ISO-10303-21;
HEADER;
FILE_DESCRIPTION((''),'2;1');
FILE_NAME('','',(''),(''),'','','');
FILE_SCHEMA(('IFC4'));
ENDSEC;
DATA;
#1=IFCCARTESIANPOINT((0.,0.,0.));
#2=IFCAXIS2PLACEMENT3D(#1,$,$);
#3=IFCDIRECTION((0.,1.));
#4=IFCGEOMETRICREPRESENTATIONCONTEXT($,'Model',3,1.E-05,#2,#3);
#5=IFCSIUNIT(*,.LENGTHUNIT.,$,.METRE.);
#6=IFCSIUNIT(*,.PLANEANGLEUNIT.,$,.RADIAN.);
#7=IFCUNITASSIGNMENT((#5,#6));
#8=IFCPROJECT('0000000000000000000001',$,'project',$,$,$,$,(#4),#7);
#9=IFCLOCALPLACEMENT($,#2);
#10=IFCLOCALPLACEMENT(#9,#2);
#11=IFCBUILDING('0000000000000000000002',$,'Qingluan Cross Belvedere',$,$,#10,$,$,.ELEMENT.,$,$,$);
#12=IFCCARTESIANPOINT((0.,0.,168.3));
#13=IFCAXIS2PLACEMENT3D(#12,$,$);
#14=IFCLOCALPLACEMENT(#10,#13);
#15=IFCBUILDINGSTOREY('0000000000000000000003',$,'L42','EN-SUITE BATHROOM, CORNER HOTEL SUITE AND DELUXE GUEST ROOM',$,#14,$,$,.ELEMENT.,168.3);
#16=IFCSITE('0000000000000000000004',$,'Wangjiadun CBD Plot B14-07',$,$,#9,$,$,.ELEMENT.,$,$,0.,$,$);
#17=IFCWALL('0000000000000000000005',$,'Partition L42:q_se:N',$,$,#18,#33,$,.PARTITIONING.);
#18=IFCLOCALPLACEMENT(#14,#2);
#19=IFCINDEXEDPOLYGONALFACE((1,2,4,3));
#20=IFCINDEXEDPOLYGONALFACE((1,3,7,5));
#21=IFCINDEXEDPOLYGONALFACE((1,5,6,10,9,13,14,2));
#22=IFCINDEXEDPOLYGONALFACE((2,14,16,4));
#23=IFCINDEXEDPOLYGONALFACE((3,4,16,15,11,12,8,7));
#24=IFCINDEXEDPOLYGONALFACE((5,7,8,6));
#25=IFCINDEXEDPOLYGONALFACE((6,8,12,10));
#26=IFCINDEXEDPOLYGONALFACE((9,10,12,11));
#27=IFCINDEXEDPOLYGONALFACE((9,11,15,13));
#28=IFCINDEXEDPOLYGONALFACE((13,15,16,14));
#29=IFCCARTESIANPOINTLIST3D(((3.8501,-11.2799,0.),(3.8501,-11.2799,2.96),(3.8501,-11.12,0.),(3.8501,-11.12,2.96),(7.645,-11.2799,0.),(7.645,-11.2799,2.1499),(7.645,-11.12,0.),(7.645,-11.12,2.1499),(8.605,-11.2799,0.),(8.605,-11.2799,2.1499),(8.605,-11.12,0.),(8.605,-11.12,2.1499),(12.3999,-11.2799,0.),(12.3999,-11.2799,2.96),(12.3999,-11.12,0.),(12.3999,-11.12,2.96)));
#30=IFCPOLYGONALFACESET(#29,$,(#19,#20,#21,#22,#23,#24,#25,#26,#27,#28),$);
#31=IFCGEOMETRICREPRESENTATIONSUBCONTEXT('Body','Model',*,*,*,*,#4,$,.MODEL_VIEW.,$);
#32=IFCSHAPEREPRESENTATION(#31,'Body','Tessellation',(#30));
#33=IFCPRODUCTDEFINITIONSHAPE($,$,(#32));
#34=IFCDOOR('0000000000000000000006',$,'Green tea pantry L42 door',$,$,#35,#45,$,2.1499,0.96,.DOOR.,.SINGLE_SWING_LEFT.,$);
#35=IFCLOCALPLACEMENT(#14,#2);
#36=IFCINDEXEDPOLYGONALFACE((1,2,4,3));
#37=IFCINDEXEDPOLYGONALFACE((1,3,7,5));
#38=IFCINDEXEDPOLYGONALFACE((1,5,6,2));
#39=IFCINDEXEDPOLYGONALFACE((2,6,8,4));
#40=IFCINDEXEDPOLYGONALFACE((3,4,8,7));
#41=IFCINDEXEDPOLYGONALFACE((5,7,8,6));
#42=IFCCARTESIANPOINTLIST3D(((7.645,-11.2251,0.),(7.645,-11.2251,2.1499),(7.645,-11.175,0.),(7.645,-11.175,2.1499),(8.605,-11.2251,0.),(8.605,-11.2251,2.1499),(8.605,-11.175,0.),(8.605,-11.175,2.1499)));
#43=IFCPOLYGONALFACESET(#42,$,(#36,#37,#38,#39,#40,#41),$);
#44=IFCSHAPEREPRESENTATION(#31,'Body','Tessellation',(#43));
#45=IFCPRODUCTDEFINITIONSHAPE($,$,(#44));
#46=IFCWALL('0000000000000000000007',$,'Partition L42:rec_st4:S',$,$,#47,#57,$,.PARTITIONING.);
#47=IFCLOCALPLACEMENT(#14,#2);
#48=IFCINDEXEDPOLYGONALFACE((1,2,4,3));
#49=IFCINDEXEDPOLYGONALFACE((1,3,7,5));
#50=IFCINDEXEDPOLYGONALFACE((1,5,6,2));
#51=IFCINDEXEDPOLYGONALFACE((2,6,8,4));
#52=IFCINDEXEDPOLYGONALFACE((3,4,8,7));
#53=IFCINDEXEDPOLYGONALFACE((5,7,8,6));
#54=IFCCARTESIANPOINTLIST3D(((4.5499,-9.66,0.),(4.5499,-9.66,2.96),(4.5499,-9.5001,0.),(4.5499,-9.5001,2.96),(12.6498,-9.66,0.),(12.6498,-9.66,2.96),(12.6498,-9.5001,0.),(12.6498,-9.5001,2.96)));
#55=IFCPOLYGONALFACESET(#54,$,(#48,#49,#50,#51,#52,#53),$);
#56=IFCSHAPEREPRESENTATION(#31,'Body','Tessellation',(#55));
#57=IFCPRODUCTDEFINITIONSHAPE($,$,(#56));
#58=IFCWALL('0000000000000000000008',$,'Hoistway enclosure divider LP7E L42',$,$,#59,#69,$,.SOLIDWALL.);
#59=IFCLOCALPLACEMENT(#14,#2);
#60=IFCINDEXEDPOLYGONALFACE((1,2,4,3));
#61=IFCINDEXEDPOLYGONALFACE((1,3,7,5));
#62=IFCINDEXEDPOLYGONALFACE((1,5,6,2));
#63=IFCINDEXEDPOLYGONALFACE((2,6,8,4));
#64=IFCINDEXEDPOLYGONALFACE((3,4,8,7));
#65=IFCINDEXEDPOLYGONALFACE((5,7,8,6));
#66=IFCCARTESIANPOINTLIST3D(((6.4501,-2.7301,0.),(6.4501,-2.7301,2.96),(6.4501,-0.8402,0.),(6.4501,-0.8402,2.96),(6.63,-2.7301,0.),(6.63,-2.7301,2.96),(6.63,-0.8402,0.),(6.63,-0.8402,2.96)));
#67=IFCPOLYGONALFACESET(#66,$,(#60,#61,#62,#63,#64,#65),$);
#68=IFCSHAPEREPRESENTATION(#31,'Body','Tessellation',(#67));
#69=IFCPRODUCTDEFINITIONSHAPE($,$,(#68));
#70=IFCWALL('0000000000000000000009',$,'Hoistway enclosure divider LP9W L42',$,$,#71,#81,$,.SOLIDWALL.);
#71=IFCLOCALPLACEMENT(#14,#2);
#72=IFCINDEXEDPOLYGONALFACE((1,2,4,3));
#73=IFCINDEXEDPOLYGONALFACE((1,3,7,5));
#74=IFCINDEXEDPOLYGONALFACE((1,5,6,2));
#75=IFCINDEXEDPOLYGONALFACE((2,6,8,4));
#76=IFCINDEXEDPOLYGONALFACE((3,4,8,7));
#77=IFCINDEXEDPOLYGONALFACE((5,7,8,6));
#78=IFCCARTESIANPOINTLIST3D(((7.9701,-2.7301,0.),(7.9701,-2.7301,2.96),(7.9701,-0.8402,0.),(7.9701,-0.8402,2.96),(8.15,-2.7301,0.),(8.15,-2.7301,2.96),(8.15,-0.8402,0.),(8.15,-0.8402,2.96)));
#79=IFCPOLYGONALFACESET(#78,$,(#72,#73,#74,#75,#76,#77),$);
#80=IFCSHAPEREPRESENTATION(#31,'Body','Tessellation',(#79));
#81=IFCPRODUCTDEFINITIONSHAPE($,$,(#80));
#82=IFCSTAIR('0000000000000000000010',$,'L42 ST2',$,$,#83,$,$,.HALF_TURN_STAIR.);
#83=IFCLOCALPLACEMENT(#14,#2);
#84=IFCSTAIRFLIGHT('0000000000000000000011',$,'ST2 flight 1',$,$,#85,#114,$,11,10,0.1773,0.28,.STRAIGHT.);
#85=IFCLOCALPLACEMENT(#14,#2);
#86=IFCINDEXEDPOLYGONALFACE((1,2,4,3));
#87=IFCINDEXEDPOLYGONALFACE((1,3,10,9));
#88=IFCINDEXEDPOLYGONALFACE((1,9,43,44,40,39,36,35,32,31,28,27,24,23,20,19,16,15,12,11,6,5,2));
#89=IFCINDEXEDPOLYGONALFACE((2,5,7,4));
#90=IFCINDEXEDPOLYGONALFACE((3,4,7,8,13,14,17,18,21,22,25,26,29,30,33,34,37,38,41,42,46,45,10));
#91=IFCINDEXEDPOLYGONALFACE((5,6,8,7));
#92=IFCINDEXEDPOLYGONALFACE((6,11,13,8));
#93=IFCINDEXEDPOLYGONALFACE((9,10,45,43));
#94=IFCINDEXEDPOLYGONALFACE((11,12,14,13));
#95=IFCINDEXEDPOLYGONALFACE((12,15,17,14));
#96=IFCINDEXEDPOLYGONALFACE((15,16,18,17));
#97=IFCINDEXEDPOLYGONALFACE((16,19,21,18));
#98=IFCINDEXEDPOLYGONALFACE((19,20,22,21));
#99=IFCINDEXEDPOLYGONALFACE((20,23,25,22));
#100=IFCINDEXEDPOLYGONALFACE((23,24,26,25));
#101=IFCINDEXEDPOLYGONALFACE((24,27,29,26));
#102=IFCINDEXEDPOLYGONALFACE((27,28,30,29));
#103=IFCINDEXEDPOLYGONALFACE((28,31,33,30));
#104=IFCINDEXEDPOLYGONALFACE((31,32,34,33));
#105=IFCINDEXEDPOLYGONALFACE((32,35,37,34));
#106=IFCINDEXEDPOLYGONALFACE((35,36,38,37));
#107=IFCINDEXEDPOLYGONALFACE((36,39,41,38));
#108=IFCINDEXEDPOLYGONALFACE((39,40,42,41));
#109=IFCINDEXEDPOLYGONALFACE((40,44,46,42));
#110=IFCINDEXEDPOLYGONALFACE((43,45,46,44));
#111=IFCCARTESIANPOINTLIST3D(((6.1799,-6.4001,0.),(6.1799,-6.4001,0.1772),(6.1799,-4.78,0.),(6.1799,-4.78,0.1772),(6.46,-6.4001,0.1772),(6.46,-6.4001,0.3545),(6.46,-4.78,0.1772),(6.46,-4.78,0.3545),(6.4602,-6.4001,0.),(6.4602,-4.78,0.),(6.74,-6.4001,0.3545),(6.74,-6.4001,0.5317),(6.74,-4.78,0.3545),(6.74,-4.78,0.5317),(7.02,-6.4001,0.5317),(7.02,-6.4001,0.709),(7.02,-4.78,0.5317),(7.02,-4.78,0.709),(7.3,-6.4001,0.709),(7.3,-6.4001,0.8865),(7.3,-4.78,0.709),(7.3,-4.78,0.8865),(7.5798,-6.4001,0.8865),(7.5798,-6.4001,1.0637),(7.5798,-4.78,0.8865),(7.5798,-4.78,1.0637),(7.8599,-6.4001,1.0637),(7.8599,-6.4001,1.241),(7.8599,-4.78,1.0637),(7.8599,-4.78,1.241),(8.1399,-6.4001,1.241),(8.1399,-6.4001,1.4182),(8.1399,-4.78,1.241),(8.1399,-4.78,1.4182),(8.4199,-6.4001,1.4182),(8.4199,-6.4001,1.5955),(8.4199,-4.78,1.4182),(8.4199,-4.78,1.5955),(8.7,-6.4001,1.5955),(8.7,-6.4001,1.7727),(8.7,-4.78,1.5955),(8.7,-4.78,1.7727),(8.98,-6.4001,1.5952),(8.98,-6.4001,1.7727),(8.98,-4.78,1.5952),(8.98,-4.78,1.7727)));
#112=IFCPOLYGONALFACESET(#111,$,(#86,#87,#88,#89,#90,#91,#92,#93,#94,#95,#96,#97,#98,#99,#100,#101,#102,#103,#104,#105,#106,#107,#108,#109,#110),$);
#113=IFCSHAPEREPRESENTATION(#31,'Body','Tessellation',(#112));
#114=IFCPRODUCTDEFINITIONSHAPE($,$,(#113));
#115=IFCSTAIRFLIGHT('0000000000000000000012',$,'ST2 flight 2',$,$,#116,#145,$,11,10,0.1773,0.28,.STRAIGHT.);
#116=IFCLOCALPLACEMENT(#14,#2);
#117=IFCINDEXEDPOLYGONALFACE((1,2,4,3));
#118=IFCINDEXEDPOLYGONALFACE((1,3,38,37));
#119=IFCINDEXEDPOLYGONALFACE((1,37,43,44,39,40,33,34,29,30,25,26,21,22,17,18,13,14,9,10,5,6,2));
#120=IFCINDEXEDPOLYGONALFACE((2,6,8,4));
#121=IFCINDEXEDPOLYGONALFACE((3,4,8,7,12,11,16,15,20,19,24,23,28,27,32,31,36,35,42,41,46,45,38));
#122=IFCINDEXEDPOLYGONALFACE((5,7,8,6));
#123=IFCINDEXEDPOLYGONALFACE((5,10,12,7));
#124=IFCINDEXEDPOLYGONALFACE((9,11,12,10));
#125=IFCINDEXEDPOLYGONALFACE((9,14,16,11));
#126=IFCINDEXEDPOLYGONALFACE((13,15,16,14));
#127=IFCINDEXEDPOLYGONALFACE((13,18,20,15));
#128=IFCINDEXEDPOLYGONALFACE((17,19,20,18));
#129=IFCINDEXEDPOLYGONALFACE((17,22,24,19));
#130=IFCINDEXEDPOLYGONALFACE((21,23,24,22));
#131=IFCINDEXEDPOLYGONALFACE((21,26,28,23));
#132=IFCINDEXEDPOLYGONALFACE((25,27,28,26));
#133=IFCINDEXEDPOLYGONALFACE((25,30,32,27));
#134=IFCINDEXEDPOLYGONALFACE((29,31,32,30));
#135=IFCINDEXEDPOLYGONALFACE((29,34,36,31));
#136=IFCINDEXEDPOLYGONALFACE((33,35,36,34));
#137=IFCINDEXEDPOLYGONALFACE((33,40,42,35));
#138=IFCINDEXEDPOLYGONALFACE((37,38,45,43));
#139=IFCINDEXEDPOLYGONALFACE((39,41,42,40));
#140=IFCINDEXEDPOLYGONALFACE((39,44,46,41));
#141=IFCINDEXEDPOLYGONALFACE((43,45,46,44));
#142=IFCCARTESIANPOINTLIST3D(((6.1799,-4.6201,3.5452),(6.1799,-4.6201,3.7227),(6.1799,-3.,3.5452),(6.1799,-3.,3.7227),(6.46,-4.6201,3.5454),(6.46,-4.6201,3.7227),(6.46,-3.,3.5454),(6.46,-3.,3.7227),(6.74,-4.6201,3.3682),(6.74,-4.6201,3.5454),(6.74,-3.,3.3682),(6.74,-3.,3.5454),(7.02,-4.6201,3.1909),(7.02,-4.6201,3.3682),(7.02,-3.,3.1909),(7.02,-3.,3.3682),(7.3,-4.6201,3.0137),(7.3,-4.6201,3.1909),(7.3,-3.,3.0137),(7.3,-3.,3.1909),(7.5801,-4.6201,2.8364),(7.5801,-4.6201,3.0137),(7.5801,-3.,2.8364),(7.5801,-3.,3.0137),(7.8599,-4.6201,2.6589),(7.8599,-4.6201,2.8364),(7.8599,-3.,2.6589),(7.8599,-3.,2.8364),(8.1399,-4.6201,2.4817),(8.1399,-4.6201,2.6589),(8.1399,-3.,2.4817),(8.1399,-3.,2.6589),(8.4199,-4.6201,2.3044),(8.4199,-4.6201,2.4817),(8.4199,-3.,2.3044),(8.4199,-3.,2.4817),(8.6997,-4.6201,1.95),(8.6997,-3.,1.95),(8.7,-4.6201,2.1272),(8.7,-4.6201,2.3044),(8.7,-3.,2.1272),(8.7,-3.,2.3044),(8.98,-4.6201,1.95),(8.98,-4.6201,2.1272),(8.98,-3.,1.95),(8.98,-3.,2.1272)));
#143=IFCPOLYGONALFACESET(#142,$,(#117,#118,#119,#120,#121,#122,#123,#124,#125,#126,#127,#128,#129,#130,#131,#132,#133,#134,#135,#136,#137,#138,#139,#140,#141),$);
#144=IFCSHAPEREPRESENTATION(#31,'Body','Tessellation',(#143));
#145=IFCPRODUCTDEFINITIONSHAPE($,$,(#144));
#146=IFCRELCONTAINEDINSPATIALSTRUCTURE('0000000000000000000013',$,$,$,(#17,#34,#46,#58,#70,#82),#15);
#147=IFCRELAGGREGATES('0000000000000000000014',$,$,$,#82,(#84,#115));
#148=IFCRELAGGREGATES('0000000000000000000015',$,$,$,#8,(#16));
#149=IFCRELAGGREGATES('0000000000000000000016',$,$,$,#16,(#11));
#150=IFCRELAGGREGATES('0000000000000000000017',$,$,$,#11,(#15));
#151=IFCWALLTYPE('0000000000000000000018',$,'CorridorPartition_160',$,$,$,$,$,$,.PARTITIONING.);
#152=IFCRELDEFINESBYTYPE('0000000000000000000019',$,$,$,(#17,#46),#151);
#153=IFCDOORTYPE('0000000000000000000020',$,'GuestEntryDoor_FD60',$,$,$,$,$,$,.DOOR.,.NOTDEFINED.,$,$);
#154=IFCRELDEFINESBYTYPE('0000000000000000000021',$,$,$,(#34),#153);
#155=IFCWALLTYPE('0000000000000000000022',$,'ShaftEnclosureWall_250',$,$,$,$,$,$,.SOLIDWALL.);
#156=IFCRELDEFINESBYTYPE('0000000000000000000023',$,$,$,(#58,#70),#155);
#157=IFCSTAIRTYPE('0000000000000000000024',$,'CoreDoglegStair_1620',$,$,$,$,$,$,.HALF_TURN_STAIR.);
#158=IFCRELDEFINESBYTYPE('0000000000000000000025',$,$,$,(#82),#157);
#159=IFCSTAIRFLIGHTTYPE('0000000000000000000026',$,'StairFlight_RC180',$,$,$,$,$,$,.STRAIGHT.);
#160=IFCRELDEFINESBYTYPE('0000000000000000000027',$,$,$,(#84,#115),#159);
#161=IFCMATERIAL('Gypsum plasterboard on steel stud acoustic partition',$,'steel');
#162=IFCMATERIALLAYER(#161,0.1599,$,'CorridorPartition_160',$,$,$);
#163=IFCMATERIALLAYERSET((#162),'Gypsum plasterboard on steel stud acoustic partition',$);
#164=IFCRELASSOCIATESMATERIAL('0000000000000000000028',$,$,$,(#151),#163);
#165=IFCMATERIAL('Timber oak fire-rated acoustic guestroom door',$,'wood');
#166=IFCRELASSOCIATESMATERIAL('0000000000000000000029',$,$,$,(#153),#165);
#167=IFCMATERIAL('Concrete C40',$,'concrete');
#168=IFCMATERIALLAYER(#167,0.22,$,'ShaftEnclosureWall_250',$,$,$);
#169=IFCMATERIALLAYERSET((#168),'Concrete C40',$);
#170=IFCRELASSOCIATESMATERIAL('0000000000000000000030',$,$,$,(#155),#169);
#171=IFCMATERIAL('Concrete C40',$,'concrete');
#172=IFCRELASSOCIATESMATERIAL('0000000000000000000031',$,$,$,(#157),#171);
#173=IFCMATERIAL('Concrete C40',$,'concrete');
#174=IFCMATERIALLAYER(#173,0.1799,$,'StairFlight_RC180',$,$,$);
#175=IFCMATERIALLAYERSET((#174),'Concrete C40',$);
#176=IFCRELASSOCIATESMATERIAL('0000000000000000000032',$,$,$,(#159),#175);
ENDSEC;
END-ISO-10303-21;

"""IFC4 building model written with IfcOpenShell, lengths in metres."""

from ifc_helpers import new_model, si_unit, direction, frame, frame_2d, origin, place, context, subcontext, project, spatial, polyline, rectangle, outline, extrude, material, layer, layer_set, type_object, element, fill, aggregate, save


model = new_model("IFC4")

# Units and contexts
model_context = context("Model", 3, precision=1e-05, world=origin(), true_north=direction((0.0, 1.0)))
body_context = subcontext(model_context, "Body", "Model", "MODEL_VIEW")
ifc_project = project(units=[si_unit("LENGTHUNIT", "METRE"), si_unit("PLANEANGLEUNIT", "RADIAN")], contexts=[model_context])

# Site, building, storey
site_placement = place(None, origin())
site = spatial("IfcSite", under=ifc_project, at=site_placement, Name="Wangjiadun CBD Plot B14-07", CompositionType="ELEMENT", RefElevation=0.0)
building_placement = place(site_placement, origin())
building = spatial("IfcBuilding", under=site, at=building_placement, Name="Qingluan Cross Belvedere", CompositionType="ELEMENT")
storey_placement = place(building_placement, frame((0.0, 0.0, 168.3)))
storey = spatial("IfcBuildingStorey", under=building, at=storey_placement, Name="L42", Description="EN-SUITE BATHROOM, CORNER HOTEL SUITE AND DELUXE GUEST ROOM", CompositionType="ELEMENT", Elevation=168.3)

# Wall, opening, door
ifc_material_1 = material(Name="Gypsum plasterboard on steel stud acoustic partition", Category="steel")
ifc_layer_1 = layer(ifc_material_1, 0.1599, Name="CorridorPartition_160")
ifc_layer_set_1 = layer_set([ifc_layer_1], Name="Gypsum plasterboard on steel stud acoustic partition")
wall_type_1 = type_object("IfcWallType", Name="CorridorPartition_160", PredefinedType="PARTITIONING", material=ifc_layer_set_1)
wall_1_placement = place(storey_placement, frame((3.8501, -11.2, 0.0), z_axis=(0.0, 0.0, 1.0), x_axis=(1.0, 0.0, 0.0)))
wall_1 = element("IfcWall", 1, at=wall_1_placement, inside=storey, type_object=wall_type_1, Name="Partition L42:q_se:N", PredefinedType="PARTITIONING", context=body_context, shape_type="SweptSolid", body=[
    extrude(rectangle(XDim=8.5498, YDim=0.1599, at=frame_2d((4.2749, 0.0))), origin(), (0.0, 0.0, 1.0), 2.96),
])
opening_1_placement = place(wall_1_placement, frame((3.7949, 0.0, 0.0)))
opening_1 = element("IfcOpeningElement", 2, at=opening_1_placement, cuts=wall_1, PredefinedType="OPENING", context=body_context, shape_type="SweptSolid", body=[
    extrude(rectangle(XDim=0.96, YDim=2.1499, at=frame_2d((0.48, 1.075))), frame((0.0, 0.0898, 0.0), z_axis=(0.0, -1.0, 0.0), x_axis=(1.0, 0.0, 0.0)), (0.0, 0.0, 1.0), 0.1799),
])
ifc_material_2 = material(Name="Timber oak fire-rated acoustic guestroom door", Category="wood")
door_type_1 = type_object("IfcDoorType", Name="GuestEntryDoor_FD60", OperationType="NOTDEFINED", PredefinedType="DOOR", material=ifc_material_2)
door_1_placement = place(opening_1_placement, origin())
door_1 = element("IfcDoor", 3, at=door_1_placement, inside=storey, type_object=door_type_1, Name="Green tea pantry L42 door", OperationType="SINGLE_SWING_LEFT", OverallHeight=2.1499, OverallWidth=0.96, PredefinedType="DOOR", context=body_context, shape_type="SweptSolid", body=[
    extrude(rectangle(XDim=0.96, YDim=2.1499, at=frame_2d((0.48, 1.075))), frame((0.0, 0.0249, 0.0), z_axis=(0.0, -1.0, 0.0), x_axis=(1.0, 0.0, 0.0)), (0.0, 0.0, 1.0), 0.05),
])
fill(opening_1, door_1)

# Wall
wall_2_placement = place(storey_placement, frame((4.55, -9.5801, 0.0), z_axis=(0.0, 0.0, 1.0), x_axis=(1.0, 0.0, 0.0)))
element("IfcWall", 4, at=wall_2_placement, inside=storey, type_object=wall_type_1, Name="Partition L42:rec_st4:S", PredefinedType="PARTITIONING", context=body_context, shape_type="SweptSolid", body=[
    extrude(rectangle(XDim=8.0999, YDim=0.1599, at=frame_2d((4.0498, 0.0))), origin(), (0.0, 0.0, 1.0), 2.96),
])

# Walls
ifc_material_3 = material(Name="Concrete C40", Category="concrete")
ifc_layer_2 = layer(ifc_material_3, 0.22, Name="ShaftEnclosureWall_250")
ifc_layer_set_2 = layer_set([ifc_layer_2], Name="Concrete C40")
wall_type_2 = type_object("IfcWallType", Name="ShaftEnclosureWall_250", PredefinedType="SOLIDWALL", material=ifc_layer_set_2)
for number, where, z_axis, x_axis, name in (
    (5, (6.54, -2.73, 0.0), (0.0, 0.0, 1.0), (0.0, 1.0, 0.0), "Hoistway enclosure divider LP7E L42"),
    (6, (8.0601, -2.73, 0.0), (0.0, 0.0, 1.0), (0.0, 1.0, 0.0), "Hoistway enclosure divider LP9W L42"),
):
    element("IfcWall", number, at=place(storey_placement, frame(where, z_axis=z_axis, x_axis=x_axis)), inside=storey, type_object=wall_type_2, Name=name, PredefinedType="SOLIDWALL", context=body_context, shape_type="SweptSolid", body=[
        extrude(rectangle(XDim=1.8899, YDim=0.1799, at=frame_2d((0.9448, 0.0))), origin(), (0.0, 0.0, 1.0), 2.96),
    ])

# Stair, stair flights
ifc_material_4 = material(Name="Concrete C40", Category="concrete")
stair_type = type_object("IfcStairType", Name="CoreDoglegStair_1620", PredefinedType="HALF_TURN_STAIR", material=ifc_material_4)
stair_placement = place(storey_placement, origin())
stair = element("IfcStair", 7, at=stair_placement, inside=storey, type_object=stair_type, Name="L42 ST2", PredefinedType="HALF_TURN_STAIR")
ifc_material_5 = material(Name="Concrete C40", Category="concrete")
ifc_layer_3 = layer(ifc_material_5, 0.1799, Name="StairFlight_RC180")
ifc_layer_set_3 = layer_set([ifc_layer_3], Name="Concrete C40")
stair_flight_type = type_object("IfcStairFlightType", Name="StairFlight_RC180", PredefinedType="STRAIGHT", material=ifc_layer_set_3)
stair_flight_1_placement = place(storey_placement, frame((6.1799, -5.5901, 0.0), z_axis=(0.0, 0.0, 1.0), x_axis=(1.0, 0.0, 0.0)))
stair_flight_1 = element("IfcStairFlight", 8, at=stair_flight_1_placement, type_object=stair_flight_type, Name="ST2 flight 1", NumberOfRisers=11, NumberOfTreads=10, PredefinedType="STRAIGHT", RiserHeight=0.1773, TreadLength=0.28, context=body_context, shape_type="SweptSolid", body=[
    extrude(outline(polyline([(0.0, 0.0), (0.0, 0.1772), (0.28, 0.1772), (0.28, 0.3545), (0.5601, 0.3545), (0.5601, 0.5317), (0.8401, 0.5317), (0.8401, 0.709), (1.1201, 0.709), (1.1201, 0.8865), (1.3999, 0.8865), (1.3999, 1.0637), (1.6799, 1.0637), (1.6799, 1.241), (1.96, 1.241), (1.96, 1.4182), (2.24, 1.4182), (2.24, 1.5955), (2.52, 1.5955), (2.52, 1.7727), (2.8, 1.7727), (2.8, 1.95), (2.8, 1.5952), (0.2803, 0.0), (0.0, 0.0)])), frame((0.0, 0.8101, 0.0), z_axis=(0.0, -1.0, 0.0), x_axis=(1.0, 0.0, 0.0)), (0.0, 0.0, 1.0), 1.6201),
])
stair_flight_2_placement = place(storey_placement, frame((8.98, -3.8101, 1.95), z_axis=(0.0, 0.0, 1.0), x_axis=(-1.0, 0.0, 0.0)))
stair_flight_2 = element("IfcStairFlight", 9, at=stair_flight_2_placement, type_object=stair_flight_type, Name="ST2 flight 2", NumberOfRisers=11, NumberOfTreads=10, PredefinedType="STRAIGHT", RiserHeight=0.1773, TreadLength=0.28, context=body_context, shape_type="SweptSolid", body=[
    extrude(outline(polyline([(0.0, 0.0), (0.0, 0.1772), (0.28, 0.1772), (0.28, 0.3545), (0.5601, 0.3545), (0.5601, 0.5317), (0.8401, 0.5317), (0.8401, 0.709), (1.1201, 0.709), (1.1201, 0.8865), (1.3999, 0.8865), (1.3999, 1.0637), (1.6799, 1.0637), (1.6799, 1.241), (1.96, 1.241), (1.96, 1.4182), (2.24, 1.4182), (2.24, 1.5955), (2.52, 1.5955), (2.52, 1.7727), (2.8, 1.7727), (2.8, 1.95), (2.8, 1.5952), (0.2803, 0.0), (0.0, 0.0)])), frame((0.0, 0.8101, 0.0), z_axis=(0.0, -1.0, 0.0), x_axis=(1.0, 0.0, 0.0)), (0.0, 0.0, 1.0), 1.6201),
])
aggregate(stair, [stair_flight_1, stair_flight_2])

save(model, "model.ifc")
